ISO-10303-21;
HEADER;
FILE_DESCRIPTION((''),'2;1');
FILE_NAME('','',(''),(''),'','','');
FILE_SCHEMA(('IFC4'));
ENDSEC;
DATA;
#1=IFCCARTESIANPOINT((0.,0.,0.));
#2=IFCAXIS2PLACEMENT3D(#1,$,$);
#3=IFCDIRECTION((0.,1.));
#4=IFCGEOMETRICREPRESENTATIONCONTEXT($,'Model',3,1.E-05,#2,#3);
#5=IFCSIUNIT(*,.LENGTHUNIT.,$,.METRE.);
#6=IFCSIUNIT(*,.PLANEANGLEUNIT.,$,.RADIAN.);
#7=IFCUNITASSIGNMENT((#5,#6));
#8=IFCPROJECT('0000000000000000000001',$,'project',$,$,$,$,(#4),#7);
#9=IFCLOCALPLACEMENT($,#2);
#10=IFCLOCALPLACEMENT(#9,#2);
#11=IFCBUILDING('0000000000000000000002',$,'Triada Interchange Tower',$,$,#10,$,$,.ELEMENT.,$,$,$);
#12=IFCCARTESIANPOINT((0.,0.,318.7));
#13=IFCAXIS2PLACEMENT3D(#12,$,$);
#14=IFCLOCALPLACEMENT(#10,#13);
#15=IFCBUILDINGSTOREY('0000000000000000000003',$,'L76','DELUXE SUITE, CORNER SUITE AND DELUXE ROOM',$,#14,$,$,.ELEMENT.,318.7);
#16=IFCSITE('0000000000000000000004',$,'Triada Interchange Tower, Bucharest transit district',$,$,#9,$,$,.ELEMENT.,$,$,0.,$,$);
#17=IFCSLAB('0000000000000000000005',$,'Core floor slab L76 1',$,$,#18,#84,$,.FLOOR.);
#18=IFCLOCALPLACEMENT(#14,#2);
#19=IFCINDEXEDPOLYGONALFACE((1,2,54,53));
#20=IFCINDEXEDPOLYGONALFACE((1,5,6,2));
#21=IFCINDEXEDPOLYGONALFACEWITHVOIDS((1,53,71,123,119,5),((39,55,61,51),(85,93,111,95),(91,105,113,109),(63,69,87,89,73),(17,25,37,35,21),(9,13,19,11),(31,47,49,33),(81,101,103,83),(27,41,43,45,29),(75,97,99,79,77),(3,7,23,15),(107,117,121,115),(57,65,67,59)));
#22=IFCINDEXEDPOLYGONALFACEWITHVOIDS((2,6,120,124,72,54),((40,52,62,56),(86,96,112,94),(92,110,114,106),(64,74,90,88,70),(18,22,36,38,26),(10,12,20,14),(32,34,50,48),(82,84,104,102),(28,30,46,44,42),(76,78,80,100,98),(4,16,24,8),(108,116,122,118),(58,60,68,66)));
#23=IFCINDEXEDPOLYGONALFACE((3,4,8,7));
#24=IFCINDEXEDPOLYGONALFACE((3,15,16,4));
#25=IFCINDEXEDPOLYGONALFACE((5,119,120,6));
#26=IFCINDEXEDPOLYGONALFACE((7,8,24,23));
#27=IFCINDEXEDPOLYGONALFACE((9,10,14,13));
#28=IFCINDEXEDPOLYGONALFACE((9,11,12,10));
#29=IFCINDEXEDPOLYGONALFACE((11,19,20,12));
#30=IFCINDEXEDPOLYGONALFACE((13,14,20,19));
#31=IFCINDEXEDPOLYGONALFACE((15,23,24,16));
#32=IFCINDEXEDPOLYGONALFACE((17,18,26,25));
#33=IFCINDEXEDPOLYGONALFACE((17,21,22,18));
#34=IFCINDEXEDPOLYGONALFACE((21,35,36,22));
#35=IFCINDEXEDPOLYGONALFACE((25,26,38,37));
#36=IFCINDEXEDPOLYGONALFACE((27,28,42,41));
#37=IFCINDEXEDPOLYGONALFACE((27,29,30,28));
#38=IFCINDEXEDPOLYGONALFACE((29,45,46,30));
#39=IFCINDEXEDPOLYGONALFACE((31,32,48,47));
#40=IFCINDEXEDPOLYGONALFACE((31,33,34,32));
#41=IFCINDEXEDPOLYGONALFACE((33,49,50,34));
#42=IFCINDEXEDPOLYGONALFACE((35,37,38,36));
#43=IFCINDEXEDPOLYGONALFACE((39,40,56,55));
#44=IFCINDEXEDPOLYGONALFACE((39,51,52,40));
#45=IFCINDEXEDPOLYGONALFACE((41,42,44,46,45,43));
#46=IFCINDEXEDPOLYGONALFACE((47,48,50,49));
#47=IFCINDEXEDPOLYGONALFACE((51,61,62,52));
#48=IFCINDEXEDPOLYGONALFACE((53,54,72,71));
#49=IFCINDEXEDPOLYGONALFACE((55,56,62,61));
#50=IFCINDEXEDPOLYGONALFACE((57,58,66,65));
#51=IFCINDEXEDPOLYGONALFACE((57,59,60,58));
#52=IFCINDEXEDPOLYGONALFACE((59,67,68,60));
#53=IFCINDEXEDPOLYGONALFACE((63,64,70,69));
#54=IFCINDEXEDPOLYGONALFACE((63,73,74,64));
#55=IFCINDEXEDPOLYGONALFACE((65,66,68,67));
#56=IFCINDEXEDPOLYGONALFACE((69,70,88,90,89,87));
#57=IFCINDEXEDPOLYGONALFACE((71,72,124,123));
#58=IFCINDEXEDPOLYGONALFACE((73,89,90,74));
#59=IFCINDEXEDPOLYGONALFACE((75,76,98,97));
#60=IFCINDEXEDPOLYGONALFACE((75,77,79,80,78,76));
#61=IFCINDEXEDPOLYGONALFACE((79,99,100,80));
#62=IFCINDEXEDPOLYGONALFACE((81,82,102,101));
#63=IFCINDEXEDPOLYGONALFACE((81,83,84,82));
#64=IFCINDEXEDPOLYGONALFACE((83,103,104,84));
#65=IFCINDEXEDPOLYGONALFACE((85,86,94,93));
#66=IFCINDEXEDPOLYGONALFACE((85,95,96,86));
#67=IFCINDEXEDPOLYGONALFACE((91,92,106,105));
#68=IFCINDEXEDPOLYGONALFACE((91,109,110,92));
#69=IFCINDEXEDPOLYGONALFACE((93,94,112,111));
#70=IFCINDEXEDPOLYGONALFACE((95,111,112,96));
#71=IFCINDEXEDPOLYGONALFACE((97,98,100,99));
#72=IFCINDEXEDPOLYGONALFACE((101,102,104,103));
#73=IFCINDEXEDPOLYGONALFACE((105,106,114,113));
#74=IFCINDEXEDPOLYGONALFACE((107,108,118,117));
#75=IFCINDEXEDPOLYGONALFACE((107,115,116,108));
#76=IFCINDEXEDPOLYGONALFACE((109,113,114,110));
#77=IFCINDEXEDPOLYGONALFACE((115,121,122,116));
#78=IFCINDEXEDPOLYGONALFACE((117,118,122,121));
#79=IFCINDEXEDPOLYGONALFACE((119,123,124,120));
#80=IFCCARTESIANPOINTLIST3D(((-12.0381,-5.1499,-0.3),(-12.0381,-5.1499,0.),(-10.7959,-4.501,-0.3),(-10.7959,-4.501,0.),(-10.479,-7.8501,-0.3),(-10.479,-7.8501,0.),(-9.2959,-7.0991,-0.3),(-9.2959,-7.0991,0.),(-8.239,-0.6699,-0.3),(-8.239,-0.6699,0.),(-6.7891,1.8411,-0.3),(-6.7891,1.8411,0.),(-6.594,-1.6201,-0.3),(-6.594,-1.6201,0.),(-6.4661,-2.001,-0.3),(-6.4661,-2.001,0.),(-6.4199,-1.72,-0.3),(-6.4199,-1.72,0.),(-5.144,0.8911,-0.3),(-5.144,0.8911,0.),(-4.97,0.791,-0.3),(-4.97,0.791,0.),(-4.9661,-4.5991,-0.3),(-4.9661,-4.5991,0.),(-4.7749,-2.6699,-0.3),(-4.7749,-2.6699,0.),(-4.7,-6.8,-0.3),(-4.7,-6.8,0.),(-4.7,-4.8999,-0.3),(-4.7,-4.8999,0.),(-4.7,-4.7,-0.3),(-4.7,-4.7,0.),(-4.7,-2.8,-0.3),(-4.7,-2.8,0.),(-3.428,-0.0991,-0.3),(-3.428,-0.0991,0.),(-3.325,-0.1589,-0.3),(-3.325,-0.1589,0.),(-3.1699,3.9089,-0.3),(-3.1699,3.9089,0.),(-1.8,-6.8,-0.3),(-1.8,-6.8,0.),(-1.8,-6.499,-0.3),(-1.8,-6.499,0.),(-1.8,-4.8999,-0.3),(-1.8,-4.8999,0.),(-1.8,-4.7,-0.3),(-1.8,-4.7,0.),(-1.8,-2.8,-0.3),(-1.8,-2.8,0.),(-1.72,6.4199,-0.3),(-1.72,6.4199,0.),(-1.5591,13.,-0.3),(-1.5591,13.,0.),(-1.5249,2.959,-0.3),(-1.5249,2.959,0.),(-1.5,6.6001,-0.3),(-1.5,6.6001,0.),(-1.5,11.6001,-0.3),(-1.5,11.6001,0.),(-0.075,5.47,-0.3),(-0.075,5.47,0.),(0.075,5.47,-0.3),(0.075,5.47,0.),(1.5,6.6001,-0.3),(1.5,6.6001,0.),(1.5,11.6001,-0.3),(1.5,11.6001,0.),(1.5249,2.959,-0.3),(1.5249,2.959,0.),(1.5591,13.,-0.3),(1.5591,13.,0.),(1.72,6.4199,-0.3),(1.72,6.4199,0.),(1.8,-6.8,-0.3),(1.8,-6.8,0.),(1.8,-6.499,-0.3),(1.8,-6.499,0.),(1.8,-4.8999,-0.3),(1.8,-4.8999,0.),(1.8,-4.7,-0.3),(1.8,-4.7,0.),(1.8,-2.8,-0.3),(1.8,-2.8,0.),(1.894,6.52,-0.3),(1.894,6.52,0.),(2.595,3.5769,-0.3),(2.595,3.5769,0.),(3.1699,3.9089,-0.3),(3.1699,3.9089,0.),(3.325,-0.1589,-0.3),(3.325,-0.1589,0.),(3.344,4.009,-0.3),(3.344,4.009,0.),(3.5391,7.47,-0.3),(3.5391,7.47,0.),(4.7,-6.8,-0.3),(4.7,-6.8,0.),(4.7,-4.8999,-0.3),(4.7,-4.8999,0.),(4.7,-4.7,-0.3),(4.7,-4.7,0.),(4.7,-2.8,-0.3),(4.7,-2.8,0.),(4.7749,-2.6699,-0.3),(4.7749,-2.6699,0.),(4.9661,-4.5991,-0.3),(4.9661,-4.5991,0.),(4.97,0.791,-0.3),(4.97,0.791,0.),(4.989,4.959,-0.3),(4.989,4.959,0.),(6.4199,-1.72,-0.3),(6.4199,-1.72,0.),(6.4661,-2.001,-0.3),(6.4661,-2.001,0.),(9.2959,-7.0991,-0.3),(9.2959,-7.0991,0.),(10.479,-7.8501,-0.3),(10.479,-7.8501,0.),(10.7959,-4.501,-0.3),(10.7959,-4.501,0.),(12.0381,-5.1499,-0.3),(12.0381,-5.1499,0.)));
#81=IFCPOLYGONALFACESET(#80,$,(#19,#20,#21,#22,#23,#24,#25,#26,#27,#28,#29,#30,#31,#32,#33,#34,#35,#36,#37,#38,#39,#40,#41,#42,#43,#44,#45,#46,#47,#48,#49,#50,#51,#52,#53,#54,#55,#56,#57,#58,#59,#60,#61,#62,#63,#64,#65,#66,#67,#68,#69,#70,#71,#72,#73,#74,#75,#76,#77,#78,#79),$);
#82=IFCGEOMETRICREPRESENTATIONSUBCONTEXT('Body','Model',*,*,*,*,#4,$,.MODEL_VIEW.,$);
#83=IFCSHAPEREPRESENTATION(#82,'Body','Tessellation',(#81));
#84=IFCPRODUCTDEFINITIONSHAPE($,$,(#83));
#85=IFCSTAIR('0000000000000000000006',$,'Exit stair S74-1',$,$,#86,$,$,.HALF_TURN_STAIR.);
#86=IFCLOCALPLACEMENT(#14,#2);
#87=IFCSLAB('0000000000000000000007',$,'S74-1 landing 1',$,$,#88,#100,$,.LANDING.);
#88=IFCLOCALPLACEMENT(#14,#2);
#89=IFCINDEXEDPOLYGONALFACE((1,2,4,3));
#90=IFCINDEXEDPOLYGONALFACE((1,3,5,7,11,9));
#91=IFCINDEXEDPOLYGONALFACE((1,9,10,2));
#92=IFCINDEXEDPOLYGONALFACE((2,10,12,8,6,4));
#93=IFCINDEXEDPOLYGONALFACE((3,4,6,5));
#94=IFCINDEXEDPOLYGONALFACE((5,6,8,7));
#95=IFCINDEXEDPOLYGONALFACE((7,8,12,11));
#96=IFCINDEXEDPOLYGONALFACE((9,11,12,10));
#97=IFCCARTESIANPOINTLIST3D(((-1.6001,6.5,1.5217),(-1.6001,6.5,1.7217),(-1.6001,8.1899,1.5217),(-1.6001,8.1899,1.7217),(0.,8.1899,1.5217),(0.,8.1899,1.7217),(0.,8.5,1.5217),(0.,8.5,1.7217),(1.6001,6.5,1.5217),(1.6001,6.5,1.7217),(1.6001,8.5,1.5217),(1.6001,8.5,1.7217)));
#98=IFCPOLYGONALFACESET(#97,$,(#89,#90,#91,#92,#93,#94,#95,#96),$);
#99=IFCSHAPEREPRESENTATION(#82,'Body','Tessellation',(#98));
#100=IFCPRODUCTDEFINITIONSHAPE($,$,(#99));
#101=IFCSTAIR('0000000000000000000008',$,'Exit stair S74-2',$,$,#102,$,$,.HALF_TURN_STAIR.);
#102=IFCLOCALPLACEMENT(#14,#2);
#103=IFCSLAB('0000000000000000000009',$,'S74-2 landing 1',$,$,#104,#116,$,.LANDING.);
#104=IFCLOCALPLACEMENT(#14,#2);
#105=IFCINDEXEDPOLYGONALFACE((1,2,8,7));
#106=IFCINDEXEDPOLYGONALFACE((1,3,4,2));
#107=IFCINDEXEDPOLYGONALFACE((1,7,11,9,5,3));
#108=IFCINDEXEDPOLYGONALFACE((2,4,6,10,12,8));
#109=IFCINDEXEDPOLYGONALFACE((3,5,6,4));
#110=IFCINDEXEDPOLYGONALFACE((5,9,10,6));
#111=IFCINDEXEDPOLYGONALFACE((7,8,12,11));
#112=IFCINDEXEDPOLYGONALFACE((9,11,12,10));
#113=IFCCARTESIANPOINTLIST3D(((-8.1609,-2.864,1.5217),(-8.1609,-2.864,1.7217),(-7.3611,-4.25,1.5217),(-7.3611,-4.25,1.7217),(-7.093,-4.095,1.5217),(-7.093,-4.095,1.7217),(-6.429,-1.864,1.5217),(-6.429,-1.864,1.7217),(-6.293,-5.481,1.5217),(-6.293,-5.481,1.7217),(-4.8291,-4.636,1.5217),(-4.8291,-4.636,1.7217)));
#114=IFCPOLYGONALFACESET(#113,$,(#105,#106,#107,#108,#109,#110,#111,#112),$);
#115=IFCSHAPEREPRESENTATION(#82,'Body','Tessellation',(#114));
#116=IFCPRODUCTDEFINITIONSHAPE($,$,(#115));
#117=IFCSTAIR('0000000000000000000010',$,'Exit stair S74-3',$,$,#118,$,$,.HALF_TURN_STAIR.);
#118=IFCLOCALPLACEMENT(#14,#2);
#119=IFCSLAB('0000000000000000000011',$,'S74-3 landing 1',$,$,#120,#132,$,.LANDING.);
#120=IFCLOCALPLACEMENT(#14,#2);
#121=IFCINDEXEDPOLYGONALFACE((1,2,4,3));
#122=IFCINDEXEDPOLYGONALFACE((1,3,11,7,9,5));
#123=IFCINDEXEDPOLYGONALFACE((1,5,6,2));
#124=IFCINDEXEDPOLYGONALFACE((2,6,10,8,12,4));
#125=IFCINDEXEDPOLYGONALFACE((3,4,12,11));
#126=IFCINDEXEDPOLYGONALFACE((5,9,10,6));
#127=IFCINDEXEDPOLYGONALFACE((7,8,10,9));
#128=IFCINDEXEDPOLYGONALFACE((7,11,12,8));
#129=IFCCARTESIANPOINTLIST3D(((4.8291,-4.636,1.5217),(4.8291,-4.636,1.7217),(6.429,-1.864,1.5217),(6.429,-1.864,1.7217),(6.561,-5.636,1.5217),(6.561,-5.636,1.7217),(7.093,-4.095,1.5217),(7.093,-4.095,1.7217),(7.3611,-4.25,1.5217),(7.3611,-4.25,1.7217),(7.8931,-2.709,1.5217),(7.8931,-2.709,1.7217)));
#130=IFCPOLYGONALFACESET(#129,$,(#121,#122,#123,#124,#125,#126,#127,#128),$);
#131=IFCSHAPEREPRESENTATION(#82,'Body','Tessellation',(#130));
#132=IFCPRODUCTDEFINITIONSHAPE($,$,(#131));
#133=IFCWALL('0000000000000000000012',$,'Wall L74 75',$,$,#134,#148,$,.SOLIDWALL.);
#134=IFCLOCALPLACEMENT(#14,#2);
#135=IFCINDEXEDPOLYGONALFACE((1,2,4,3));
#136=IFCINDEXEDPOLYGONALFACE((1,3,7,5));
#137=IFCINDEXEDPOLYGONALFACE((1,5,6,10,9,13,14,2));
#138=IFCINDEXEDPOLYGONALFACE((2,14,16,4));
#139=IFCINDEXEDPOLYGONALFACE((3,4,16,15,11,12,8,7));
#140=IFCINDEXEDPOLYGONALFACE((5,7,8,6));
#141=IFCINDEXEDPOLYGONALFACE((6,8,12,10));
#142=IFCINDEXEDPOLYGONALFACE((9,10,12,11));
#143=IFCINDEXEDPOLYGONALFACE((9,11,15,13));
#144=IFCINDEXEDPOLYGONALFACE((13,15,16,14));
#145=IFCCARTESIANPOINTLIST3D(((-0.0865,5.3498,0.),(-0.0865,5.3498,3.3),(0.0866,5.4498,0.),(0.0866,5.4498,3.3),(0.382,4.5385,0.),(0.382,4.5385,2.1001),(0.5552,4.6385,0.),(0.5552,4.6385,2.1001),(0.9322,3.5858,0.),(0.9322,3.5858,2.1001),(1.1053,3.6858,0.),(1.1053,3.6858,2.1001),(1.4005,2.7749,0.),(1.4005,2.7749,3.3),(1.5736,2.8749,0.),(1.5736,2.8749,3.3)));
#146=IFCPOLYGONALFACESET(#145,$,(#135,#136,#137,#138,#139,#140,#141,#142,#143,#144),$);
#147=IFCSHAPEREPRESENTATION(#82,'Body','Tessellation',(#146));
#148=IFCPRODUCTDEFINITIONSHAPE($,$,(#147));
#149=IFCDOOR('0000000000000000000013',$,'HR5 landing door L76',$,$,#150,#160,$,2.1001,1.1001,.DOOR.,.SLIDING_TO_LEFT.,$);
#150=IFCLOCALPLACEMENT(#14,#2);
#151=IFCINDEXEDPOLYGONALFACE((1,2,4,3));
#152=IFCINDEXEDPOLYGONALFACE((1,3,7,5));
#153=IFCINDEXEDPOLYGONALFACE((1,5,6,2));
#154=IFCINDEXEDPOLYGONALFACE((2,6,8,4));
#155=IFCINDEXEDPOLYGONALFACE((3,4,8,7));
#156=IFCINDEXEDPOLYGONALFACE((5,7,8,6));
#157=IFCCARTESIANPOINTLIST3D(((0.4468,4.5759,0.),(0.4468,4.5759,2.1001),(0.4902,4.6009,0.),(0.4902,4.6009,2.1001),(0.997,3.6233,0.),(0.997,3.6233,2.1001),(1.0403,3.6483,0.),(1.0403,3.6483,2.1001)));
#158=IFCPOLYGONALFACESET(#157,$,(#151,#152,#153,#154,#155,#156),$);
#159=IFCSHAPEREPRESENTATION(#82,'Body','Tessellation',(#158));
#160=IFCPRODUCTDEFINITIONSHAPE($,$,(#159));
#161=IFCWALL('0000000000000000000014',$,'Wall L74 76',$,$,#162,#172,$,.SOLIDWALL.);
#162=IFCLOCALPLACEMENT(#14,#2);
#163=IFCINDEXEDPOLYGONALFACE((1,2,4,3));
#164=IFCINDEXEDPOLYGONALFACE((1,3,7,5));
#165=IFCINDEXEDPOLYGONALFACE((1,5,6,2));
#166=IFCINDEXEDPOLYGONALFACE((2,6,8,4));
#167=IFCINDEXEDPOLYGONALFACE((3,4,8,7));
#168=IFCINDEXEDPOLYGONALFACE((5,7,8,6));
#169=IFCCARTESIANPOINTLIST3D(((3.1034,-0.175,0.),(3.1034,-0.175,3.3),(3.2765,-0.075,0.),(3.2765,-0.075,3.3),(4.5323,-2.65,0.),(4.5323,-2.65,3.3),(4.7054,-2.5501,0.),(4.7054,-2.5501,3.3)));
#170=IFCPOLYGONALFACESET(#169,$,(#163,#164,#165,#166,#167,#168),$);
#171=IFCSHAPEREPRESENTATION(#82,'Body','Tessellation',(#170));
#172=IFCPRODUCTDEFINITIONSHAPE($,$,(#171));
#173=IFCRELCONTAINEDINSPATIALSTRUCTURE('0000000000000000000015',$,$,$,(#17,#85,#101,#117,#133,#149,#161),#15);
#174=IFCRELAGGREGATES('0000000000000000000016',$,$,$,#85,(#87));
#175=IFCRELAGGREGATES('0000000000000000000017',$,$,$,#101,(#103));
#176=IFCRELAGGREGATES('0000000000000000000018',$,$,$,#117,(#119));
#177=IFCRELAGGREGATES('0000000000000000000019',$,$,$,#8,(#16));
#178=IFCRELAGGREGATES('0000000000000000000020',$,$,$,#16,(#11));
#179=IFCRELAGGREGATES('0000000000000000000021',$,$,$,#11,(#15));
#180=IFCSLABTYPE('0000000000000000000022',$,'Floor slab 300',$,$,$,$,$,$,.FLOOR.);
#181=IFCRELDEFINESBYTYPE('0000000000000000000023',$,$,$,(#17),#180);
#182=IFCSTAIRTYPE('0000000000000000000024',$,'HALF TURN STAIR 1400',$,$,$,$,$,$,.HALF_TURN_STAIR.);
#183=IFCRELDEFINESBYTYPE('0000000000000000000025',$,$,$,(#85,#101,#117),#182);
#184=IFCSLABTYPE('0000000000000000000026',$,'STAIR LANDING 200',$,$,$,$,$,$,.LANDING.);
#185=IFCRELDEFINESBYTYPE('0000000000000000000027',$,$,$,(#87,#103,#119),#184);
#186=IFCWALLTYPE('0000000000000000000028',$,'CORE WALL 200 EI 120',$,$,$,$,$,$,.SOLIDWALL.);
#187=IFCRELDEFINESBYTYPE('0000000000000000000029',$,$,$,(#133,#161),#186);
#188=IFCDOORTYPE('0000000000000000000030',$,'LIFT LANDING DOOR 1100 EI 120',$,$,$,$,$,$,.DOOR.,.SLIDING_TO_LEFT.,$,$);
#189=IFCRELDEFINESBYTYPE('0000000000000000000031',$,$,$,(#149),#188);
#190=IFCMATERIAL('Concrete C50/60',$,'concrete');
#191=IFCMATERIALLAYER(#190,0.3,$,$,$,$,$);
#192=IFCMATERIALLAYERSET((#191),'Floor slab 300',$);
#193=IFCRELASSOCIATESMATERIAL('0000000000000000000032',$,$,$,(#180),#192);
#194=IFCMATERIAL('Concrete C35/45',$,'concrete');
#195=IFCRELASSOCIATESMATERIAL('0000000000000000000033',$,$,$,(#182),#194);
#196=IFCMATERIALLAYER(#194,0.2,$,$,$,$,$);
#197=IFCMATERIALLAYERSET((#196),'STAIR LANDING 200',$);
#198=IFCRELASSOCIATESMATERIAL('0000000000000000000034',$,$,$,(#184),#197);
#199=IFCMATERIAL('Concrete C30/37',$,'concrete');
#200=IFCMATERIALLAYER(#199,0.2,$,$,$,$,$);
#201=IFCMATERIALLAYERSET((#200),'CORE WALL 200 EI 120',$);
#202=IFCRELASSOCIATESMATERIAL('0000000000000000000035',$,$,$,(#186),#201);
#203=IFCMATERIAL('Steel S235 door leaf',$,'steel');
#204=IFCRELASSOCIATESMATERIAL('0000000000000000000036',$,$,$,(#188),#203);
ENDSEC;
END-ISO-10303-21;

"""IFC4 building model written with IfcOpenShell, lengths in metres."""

from ifc_helpers import new_model, si_unit, direction, frame, frame_2d, origin, place, context, subcontext, project, spatial, polyline, rectangle, outline, extrude, material, layer, layer_set, type_object, element, fill, aggregate, save


model = new_model("IFC4")

# Units and contexts
model_context = context("Model", 3, precision=1e-05, world=origin(), true_north=direction((0.0, 1.0)))
body_context = subcontext(model_context, "Body", "Model", "MODEL_VIEW")
ifc_project = project(units=[si_unit("LENGTHUNIT", "METRE"), si_unit("PLANEANGLEUNIT", "RADIAN")], contexts=[model_context])

# Site, building, storey
site_placement = place(None, origin())
site = spatial("IfcSite", under=ifc_project, at=site_placement, Name="Triada Interchange Tower, Bucharest transit district", CompositionType="ELEMENT", RefElevation=0.0)
building_placement = place(site_placement, origin())
building = spatial("IfcBuilding", under=site, at=building_placement, Name="Triada Interchange Tower", CompositionType="ELEMENT")
storey_placement = place(building_placement, frame((0.0, 0.0, 318.7)))
storey = spatial("IfcBuildingStorey", under=building, at=storey_placement, Name="L76", Description="DELUXE SUITE, CORNER SUITE AND DELUXE ROOM", CompositionType="ELEMENT", Elevation=318.7)

# Slab
ifc_material_1 = material(Name="Concrete C50/60", Category="concrete")
ifc_layer_1 = layer(ifc_material_1, 0.3)
ifc_layer_set_1 = layer_set([ifc_layer_1], Name="Floor slab 300")
slab_type_1 = type_object("IfcSlabType", Name="Floor slab 300", PredefinedType="FLOOR", material=ifc_layer_set_1)
slab_1_placement = place(storey_placement, frame((0.0, 0.0, -0.3)))
element("IfcSlab", 1, at=slab_1_placement, inside=storey, type_object=slab_type_1, Name="Core floor slab L76 1", PredefinedType="FLOOR", context=body_context, shape_type="SweptSolid", body=[
    extrude(outline(polyline([(12.0381, -5.1499), (10.479, -7.8501), (-10.479, -7.8501), (-12.0381, -5.1499), (-1.5591, 13.0), (1.5591, 13.0), (12.0381, -5.1499)]), holes=[polyline([(9.2959, -7.0991), (10.7959, -4.501), (6.4661, -2.001), (4.9661, -4.5991), (9.2959, -7.0991)]), polyline([(4.97, 0.791), (3.325, -0.1589), (4.7749, -2.6699), (6.4199, -1.72), (4.97, 0.791)]), polyline([(1.894, 6.52), (3.344, 4.009), (4.989, 4.959), (3.5391, 7.47), (1.894, 6.52)]), polyline([(1.8, -4.8999), (1.8, -6.499), (1.8, -6.8), (4.7, -6.8), (4.7, -4.8999), (1.8, -4.8999)]), polyline([(4.7, -2.8), (1.8, -2.8), (1.8, -4.7), (4.7, -4.7), (4.7, -2.8)]), polyline([(1.5249, 2.959), (2.595, 3.5769), (3.1699, 3.9089), (1.72, 6.4199), (0.075, 5.47), (1.5249, 2.959)]), polyline([(-1.5, 11.6001), (-1.5, 6.6001), (1.5, 6.6001), (1.5, 11.6001), (-1.5, 11.6001)]), polyline([(-1.5249, 2.959), (-0.075, 5.47), (-1.72, 6.4199), (-3.1699, 3.9089), (-1.5249, 2.959)]), polyline([(-1.8, -2.8), (-4.7, -2.8), (-4.7, -4.7), (-1.8, -4.7), (-1.8, -2.8)]), polyline([(-4.7, -6.8), (-1.8, -6.8), (-1.8, -6.499), (-1.8, -4.8999), (-4.7, -4.8999), (-4.7, -6.8)]), polyline([(-3.428, -0.0991), (-4.97, 0.791), (-6.4199, -1.72), (-4.7749, -2.6699), (-3.325, -0.1589), (-3.428, -0.0991)]), polyline([(-10.7959, -4.501), (-9.2959, -7.0991), (-4.9661, -4.5991), (-6.4661, -2.001), (-10.7959, -4.501)]), polyline([(-6.594, -1.6201), (-5.144, 0.8911), (-6.7891, 1.8411), (-8.239, -0.6699), (-6.594, -1.6201)])]), origin(), (0.0, 0.0, 1.0), 0.3),
])

# Stairs, slabs
ifc_material_2 = material(Name="Concrete C35/45", Category="concrete")
stair_type = type_object("IfcStairType", Name="HALF TURN STAIR 1400", PredefinedType="HALF_TURN_STAIR", material=ifc_material_2)
stair_1_placement = place(storey_placement, origin())
stair_1 = element("IfcStair", 2, at=stair_1_placement, inside=storey, type_object=stair_type, Name="Exit stair S74-1", PredefinedType="HALF_TURN_STAIR")
ifc_layer_2 = layer(ifc_material_2, 0.2)
ifc_layer_set_2 = layer_set([ifc_layer_2], Name="STAIR LANDING 200")
slab_type_2 = type_object("IfcSlabType", Name="STAIR LANDING 200", PredefinedType="LANDING", material=ifc_layer_set_2)
slab_2_placement = place(storey_placement, frame((0.0, 0.0, 1.5217)))
slab_2 = element("IfcSlab", 3, at=slab_2_placement, type_object=slab_type_2, Name="S74-1 landing 1", PredefinedType="LANDING", context=body_context, shape_type="SweptSolid", body=[
    extrude(outline(polyline([(1.6001, 6.5), (1.6001, 8.5), (0.0, 8.5), (0.0, 8.1899), (-1.6001, 8.1899), (-1.6001, 6.5), (1.6001, 6.5)])), origin(), (0.0, 0.0, 1.0), 0.2),
])
aggregate(stair_1, [slab_2])
stair_2_placement = place(storey_placement, origin())
stair_2 = element("IfcStair", 4, at=stair_2_placement, inside=storey, type_object=stair_type, Name="Exit stair S74-2", PredefinedType="HALF_TURN_STAIR")
slab_3_placement = place(storey_placement, frame((0.0, 0.0, 1.5217)))
slab_3 = element("IfcSlab", 5, at=slab_3_placement, type_object=slab_type_2, Name="S74-2 landing 1", PredefinedType="LANDING", context=body_context, shape_type="SweptSolid", body=[
    extrude(outline(polyline([(-6.429, -1.864), (-8.1609, -2.864), (-7.3611, -4.25), (-7.093, -4.095), (-6.293, -5.481), (-4.8291, -4.636), (-6.429, -1.864)])), origin(), (0.0, 0.0, 1.0), 0.2),
])
aggregate(stair_2, [slab_3])
stair_3_placement = place(storey_placement, origin())
stair_3 = element("IfcStair", 6, at=stair_3_placement, inside=storey, type_object=stair_type, Name="Exit stair S74-3", PredefinedType="HALF_TURN_STAIR")
slab_4_placement = place(storey_placement, frame((0.0, 0.0, 1.5217)))
slab_4 = element("IfcSlab", 7, at=slab_4_placement, type_object=slab_type_2, Name="S74-3 landing 1", PredefinedType="LANDING", context=body_context, shape_type="SweptSolid", body=[
    extrude(outline(polyline([(4.8291, -4.636), (6.561, -5.636), (7.3611, -4.25), (7.093, -4.095), (7.8931, -2.709), (6.429, -1.864), (4.8291, -4.636)])), origin(), (0.0, 0.0, 1.0), 0.2),
])
aggregate(stair_3, [slab_4])

# Wall, opening, door
ifc_material_3 = material(Name="Concrete C30/37", Category="concrete")
ifc_layer_3 = layer(ifc_material_3, 0.2)
ifc_layer_set_3 = layer_set([ifc_layer_3], Name="CORE WALL 200 EI 120")
wall_type_1 = type_object("IfcWallType", Name="CORE WALL 200 EI 120", PredefinedType="SOLIDWALL", material=ifc_layer_set_3)
wall_1_placement = place(storey_placement, frame((0.0, 5.3999, 0.0), z_axis=(0.0, 0.0, 1.0), x_axis=(0.500104, -0.865965, 0.0)))
wall_1 = element("IfcWall", 8, at=wall_1_placement, inside=storey, type_object=wall_type_1, Name="Wall L74 75", PredefinedType="SOLIDWALL", context=body_context, shape_type="SweptSolid", body=[
    extrude(rectangle(XDim=2.9734, YDim=0.2, at=frame_2d((1.4868, 0.0))), origin(), (0.0, 0.0, 1.0), 3.3),
])
opening_1_placement = place(wall_1_placement, frame((0.937, 0.0, 0.0)))
opening_1 = element("IfcOpeningElement", 9, at=opening_1_placement, cuts=wall_1, PredefinedType="OPENING", context=body_context, shape_type="SweptSolid", body=[
    extrude(rectangle(XDim=1.1001, YDim=2.1001, at=frame_2d((0.55, 1.05))), frame((0.0, 0.1099, 0.0), z_axis=(0.0, -1.0, 0.0), x_axis=(1.0, 0.0, 0.0)), (0.0, 0.0, 1.0), 0.22),
])
ifc_material_4 = material(Name="Steel S235 door leaf", Category="steel")
door_type_1 = type_object("IfcDoorType", Name="LIFT LANDING DOOR 1100 EI 120", OperationType="SLIDING_TO_LEFT", PredefinedType="DOOR", material=ifc_material_4)
door_1_placement = place(opening_1_placement, origin())
door_1 = element("IfcDoor", 10, at=door_1_placement, inside=storey, type_object=door_type_1, Name="HR5 landing door L76", OperationType="SLIDING_TO_LEFT", OverallHeight=2.1001, OverallWidth=1.1001, PredefinedType="DOOR", context=body_context, shape_type="SweptSolid", body=[
    extrude(rectangle(XDim=1.1001, YDim=2.1001, at=frame_2d((0.55, 1.05))), frame((0.0, 0.0249, 0.0), z_axis=(0.0, -1.0, 0.0), x_axis=(1.0, 0.0, 0.0)), (0.0, 0.0, 1.0), 0.05),
])
fill(opening_1, door_1)

# Wall
wall_2_placement = place(storey_placement, frame((3.1899, -0.125, 0.0), z_axis=(0.0, 0.0, 1.0), x_axis=(0.499989, -0.866032, 0.0)))
element("IfcWall", 11, at=wall_2_placement, inside=storey, type_object=wall_type_1, Name="Wall L74 76", PredefinedType="SOLIDWALL", context=body_context, shape_type="SweptSolid", body=[
    extrude(rectangle(XDim=2.8579, YDim=0.2, at=frame_2d((1.429, 0.0))), origin(), (0.0, 0.0, 1.0), 3.3),
])

save(model, "model.ifc")
